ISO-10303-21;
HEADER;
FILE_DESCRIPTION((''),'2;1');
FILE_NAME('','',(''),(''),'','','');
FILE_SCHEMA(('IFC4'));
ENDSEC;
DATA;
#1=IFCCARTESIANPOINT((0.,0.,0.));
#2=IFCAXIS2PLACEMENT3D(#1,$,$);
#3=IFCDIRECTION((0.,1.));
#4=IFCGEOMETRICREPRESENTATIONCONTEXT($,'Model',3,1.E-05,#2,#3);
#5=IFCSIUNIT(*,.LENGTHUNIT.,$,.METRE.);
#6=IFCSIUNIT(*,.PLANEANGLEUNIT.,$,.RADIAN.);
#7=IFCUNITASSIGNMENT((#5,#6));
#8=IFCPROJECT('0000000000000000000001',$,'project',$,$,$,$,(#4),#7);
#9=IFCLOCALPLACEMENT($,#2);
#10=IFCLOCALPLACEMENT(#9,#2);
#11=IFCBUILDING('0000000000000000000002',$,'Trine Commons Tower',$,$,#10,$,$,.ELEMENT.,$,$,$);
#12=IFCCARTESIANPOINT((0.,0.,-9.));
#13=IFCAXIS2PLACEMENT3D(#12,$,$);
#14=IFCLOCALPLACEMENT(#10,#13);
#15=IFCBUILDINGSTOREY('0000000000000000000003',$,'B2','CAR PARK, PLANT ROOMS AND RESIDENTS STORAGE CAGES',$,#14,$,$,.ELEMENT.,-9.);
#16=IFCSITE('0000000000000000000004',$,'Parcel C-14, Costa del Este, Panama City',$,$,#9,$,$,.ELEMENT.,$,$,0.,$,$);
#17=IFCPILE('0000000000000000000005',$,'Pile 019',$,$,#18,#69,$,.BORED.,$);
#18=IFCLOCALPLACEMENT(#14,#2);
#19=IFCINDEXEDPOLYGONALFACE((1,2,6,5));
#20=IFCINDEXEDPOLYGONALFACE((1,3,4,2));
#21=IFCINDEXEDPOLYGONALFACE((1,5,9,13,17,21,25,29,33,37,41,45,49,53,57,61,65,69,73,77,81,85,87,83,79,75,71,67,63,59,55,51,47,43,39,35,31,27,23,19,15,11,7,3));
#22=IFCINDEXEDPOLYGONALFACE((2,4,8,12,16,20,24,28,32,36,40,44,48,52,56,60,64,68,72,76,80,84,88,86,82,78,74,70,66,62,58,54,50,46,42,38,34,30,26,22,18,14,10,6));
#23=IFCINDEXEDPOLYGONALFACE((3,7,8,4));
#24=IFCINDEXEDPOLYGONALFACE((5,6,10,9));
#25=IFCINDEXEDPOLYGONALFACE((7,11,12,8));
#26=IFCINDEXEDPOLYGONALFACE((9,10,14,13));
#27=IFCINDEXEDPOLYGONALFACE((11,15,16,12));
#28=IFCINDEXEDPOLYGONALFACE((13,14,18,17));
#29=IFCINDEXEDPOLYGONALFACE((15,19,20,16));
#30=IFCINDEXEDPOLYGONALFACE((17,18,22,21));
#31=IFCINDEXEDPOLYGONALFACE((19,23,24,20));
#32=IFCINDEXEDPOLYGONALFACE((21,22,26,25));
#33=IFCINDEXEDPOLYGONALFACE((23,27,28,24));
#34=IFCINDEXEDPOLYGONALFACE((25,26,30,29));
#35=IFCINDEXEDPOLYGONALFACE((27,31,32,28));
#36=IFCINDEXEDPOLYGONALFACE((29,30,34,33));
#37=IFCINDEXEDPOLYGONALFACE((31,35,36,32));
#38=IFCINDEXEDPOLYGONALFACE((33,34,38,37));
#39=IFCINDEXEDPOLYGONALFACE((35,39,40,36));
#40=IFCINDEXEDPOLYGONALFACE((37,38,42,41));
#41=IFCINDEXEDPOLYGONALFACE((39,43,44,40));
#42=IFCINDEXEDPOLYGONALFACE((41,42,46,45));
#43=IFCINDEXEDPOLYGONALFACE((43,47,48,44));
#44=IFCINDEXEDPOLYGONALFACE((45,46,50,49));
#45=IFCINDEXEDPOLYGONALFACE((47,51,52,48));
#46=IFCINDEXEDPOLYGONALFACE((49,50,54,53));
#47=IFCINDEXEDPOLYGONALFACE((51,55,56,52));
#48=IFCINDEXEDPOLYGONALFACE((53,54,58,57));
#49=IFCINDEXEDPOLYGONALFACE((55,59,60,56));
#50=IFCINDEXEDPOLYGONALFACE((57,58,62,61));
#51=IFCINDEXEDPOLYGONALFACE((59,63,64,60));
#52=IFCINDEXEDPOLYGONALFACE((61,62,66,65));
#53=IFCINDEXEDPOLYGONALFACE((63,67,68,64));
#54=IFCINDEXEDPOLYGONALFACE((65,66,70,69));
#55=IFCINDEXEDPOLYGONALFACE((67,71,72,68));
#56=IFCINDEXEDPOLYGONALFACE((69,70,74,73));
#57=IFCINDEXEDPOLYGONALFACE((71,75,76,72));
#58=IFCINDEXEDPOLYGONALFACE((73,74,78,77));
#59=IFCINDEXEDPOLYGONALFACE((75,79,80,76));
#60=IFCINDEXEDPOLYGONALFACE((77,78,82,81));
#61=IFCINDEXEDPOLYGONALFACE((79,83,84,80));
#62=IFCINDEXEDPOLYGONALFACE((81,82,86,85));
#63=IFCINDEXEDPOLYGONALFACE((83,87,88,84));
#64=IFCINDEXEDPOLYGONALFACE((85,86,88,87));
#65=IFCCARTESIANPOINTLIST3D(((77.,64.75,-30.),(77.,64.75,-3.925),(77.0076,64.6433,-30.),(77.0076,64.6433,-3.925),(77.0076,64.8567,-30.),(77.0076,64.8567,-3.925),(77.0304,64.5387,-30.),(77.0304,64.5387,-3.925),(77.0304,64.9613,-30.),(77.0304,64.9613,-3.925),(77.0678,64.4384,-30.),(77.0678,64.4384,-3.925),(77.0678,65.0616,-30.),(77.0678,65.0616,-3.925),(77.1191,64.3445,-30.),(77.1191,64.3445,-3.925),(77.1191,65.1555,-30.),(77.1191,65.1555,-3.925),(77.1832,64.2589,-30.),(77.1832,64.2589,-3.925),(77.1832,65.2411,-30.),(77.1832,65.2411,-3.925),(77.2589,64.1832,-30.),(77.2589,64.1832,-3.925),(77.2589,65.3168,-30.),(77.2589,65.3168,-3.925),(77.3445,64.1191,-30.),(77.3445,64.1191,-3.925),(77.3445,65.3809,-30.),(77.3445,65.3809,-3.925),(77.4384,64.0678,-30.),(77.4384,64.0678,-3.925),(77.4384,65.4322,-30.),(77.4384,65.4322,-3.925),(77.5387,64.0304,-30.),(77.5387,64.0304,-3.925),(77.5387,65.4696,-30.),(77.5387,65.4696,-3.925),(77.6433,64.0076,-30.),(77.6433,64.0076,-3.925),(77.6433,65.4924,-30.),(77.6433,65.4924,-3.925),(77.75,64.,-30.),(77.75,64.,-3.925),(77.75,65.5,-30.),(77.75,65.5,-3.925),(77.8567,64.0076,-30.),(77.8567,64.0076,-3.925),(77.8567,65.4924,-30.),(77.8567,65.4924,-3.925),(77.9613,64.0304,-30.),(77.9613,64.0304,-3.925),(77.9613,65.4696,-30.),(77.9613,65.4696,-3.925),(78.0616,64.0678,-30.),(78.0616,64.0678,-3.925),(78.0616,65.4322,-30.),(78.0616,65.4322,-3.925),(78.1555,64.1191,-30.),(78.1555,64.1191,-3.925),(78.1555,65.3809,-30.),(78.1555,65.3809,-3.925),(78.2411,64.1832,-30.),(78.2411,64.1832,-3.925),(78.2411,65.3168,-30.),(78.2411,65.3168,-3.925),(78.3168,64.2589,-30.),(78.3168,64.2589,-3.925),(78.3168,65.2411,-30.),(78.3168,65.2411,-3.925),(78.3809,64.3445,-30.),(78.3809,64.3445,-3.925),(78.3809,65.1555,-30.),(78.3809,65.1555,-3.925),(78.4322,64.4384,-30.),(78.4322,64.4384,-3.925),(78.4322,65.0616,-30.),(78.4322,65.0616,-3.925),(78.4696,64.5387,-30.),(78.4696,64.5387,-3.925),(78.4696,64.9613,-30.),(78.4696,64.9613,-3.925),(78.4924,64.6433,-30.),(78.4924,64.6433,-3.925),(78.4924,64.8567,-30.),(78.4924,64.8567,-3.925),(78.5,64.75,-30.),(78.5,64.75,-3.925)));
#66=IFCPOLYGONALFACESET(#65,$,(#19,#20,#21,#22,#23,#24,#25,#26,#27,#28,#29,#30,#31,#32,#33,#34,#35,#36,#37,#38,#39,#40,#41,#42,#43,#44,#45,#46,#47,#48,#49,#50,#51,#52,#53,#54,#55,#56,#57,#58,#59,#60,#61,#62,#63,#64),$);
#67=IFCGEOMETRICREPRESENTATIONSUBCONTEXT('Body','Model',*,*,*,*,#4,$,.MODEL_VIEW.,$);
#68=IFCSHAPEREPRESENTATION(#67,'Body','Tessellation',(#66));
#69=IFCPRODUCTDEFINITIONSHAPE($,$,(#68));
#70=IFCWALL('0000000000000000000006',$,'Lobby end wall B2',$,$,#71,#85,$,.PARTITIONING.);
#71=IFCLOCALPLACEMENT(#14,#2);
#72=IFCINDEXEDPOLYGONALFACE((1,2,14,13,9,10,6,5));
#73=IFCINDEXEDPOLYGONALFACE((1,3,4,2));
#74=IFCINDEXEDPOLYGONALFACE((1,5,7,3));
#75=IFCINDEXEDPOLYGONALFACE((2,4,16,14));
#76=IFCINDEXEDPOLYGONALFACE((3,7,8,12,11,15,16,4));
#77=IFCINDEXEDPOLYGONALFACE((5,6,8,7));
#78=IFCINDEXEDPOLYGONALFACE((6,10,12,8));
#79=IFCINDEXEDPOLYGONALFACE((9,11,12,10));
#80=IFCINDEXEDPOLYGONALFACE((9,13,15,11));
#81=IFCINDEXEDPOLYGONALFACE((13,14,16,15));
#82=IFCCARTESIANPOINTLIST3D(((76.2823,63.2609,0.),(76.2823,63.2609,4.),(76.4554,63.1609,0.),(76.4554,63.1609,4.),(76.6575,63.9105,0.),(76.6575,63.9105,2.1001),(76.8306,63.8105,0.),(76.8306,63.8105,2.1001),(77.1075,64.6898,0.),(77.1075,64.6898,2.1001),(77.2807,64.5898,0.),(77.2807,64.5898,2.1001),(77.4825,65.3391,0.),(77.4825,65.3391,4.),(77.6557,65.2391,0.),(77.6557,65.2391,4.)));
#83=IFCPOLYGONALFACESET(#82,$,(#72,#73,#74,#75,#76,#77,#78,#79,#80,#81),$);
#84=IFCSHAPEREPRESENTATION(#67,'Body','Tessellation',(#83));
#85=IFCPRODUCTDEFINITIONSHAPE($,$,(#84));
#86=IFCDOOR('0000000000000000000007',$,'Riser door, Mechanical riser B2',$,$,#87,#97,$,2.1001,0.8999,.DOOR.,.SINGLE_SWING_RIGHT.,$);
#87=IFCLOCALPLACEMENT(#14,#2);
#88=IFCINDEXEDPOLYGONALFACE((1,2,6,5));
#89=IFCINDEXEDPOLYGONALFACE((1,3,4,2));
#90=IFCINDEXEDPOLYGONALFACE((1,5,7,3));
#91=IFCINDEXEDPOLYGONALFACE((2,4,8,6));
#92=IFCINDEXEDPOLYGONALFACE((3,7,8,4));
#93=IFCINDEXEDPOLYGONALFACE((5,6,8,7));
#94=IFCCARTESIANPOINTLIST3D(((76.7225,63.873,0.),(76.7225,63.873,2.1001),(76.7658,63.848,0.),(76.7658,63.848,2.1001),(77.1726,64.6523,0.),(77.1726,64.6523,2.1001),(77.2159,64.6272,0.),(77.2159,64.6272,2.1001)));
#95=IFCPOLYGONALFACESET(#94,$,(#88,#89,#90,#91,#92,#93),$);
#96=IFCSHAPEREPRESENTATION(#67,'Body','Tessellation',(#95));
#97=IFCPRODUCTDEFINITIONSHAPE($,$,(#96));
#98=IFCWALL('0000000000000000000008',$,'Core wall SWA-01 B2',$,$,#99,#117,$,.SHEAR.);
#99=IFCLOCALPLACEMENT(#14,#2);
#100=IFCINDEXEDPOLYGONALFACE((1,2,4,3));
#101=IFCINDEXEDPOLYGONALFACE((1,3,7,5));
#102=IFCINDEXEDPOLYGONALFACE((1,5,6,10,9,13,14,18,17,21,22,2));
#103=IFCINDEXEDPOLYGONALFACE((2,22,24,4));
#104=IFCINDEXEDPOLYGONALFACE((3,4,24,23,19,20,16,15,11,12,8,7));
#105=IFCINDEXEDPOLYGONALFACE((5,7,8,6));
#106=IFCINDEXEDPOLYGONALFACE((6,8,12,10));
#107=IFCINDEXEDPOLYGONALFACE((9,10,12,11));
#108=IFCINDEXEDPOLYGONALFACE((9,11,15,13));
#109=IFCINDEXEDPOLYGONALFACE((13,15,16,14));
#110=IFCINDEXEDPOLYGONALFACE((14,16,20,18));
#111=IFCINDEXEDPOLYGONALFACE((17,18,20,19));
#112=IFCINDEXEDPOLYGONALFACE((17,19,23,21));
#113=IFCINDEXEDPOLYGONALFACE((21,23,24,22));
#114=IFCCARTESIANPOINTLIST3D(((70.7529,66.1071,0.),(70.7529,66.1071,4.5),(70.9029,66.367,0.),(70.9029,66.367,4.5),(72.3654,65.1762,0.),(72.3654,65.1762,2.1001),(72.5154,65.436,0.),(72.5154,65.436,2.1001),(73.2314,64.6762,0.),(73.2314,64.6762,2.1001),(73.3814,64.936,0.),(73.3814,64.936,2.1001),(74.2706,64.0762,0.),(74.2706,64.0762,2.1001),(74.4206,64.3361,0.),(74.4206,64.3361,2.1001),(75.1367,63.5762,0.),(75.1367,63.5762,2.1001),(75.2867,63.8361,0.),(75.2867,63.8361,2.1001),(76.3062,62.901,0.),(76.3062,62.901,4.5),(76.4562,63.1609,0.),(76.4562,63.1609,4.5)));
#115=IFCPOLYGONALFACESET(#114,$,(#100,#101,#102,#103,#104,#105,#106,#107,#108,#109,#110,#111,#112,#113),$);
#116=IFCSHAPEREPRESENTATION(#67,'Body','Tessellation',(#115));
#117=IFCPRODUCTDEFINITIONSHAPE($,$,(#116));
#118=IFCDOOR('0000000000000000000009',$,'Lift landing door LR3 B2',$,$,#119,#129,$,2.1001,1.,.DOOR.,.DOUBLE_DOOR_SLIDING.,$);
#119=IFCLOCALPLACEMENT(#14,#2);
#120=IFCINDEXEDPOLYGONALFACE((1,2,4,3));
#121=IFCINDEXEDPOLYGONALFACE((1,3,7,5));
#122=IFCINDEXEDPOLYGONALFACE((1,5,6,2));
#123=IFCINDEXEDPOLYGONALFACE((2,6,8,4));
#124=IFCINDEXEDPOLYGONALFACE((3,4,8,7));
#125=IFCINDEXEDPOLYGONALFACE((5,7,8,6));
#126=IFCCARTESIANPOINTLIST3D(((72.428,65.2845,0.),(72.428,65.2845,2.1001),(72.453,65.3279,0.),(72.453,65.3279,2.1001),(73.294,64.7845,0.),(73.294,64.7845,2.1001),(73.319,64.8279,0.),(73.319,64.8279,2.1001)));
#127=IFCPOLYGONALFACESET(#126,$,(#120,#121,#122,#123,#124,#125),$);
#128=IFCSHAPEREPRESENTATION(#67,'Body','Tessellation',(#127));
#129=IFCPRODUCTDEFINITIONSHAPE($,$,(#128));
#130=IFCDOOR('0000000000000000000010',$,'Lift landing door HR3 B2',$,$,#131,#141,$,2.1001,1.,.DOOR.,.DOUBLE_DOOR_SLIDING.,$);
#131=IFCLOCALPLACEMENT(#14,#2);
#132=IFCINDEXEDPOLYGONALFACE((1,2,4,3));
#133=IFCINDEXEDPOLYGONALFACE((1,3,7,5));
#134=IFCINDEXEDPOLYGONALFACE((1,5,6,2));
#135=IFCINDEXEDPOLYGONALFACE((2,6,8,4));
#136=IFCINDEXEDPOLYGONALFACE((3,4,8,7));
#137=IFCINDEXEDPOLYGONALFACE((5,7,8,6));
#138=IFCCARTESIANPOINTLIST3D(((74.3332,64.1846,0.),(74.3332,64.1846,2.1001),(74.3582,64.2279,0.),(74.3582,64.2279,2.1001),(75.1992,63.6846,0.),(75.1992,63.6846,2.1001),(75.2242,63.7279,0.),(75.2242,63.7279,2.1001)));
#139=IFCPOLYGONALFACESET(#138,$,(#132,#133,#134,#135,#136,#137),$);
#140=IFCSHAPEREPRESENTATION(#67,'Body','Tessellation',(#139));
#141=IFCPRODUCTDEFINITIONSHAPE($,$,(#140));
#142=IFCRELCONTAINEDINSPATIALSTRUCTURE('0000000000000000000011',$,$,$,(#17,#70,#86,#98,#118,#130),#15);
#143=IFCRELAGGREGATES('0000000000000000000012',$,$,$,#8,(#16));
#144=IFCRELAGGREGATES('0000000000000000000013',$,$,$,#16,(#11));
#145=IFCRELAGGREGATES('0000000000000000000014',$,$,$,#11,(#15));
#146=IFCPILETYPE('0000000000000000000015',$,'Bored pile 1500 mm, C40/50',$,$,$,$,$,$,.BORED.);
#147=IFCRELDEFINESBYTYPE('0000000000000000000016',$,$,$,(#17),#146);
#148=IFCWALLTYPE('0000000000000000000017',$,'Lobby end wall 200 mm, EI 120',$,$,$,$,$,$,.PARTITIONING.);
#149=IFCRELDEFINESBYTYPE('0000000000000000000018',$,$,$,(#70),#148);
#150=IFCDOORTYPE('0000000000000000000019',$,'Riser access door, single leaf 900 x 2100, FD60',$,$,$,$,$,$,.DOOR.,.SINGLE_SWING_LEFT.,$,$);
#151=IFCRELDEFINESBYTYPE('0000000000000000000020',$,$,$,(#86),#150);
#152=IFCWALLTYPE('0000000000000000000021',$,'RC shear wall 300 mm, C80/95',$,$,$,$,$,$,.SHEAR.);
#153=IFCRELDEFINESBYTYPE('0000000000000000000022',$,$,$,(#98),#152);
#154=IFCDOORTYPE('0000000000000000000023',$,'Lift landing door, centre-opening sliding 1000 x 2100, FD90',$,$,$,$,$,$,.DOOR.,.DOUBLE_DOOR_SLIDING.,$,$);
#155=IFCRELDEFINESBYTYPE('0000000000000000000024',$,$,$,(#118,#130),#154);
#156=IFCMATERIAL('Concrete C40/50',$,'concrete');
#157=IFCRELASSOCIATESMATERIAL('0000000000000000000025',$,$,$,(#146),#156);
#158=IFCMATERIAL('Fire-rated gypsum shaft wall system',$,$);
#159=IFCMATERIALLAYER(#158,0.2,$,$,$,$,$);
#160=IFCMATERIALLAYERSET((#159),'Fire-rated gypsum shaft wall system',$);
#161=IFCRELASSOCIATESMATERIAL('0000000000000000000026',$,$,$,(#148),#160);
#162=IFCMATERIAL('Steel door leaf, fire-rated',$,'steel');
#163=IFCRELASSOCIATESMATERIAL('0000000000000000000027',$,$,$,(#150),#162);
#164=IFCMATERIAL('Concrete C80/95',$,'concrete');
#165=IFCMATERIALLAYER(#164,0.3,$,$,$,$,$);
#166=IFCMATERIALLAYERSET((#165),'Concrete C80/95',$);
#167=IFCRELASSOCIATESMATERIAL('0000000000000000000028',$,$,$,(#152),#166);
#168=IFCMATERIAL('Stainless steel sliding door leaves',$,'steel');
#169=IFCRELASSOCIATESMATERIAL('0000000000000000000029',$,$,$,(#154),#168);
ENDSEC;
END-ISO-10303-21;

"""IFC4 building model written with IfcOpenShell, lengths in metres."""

from ifc_helpers import new_model, si_unit, direction, frame, frame_2d, origin, origin_2d, place, context, subcontext, project, spatial, rectangle, circle, extrude, material, layer, layer_set, type_object, element, fill, save


model = new_model("IFC4")

# Units and contexts
model_context = context("Model", 3, precision=1e-05, world=origin(), true_north=direction((0.0, 1.0)))
body_context = subcontext(model_context, "Body", "Model", "MODEL_VIEW")
ifc_project = project(units=[si_unit("LENGTHUNIT", "METRE"), si_unit("PLANEANGLEUNIT", "RADIAN")], contexts=[model_context])

# Site, building, storey
site_placement = place(None, origin())
site = spatial("IfcSite", under=ifc_project, at=site_placement, Name="Parcel C-14, Costa del Este, Panama City", CompositionType="ELEMENT", RefElevation=0.0)
building_placement = place(site_placement, origin())
building = spatial("IfcBuilding", under=site, at=building_placement, Name="Trine Commons Tower", CompositionType="ELEMENT")
storey_placement = place(building_placement, frame((0.0, 0.0, -9.0)))
storey = spatial("IfcBuildingStorey", under=building, at=storey_placement, Name="B2", Description="CAR PARK, PLANT ROOMS AND RESIDENTS STORAGE CAGES", CompositionType="ELEMENT", Elevation=-9.0)

# Pile
ifc_material_1 = material(Name="Concrete C40/50", Category="concrete")
pile_type = type_object("IfcPileType", Name="Bored pile 1500 mm, C40/50", PredefinedType="BORED", material=ifc_material_1)
pile_placement = place(storey_placement, frame((77.75, 64.75, -3.925), z_axis=(0.0, 0.0, -1.0), x_axis=(1.0, 0.0, 0.0)))
element("IfcPile", 1, at=pile_placement, inside=storey, type_object=pile_type, Name="Pile 019", PredefinedType="BORED", context=body_context, shape_type="SweptSolid", body=[
    extrude(circle(Radius=0.75, at=origin_2d()), origin(), (0.0, 0.0, 1.0), 26.075),
])

# Wall, opening, door
ifc_material_2 = material(Name="Fire-rated gypsum shaft wall system")
ifc_layer_1 = layer(ifc_material_2, 0.2)
ifc_layer_set_1 = layer_set([ifc_layer_1], Name="Fire-rated gypsum shaft wall system")
wall_type_1 = type_object("IfcWallType", Name="Lobby end wall 200 mm, EI 120", PredefinedType="PARTITIONING", material=ifc_layer_set_1)
wall_1_placement = place(storey_placement, frame((77.5691, 65.2891, 0.0), z_axis=(0.0, 0.0, 1.0), x_axis=(-0.500122, -0.865955, 0.0)))
wall_1 = element("IfcWall", 2, at=wall_1_placement, inside=storey, type_object=wall_type_1, Name="Lobby end wall B2", PredefinedType="PARTITIONING", context=body_context, shape_type="SweptSolid", body=[
    extrude(rectangle(XDim=2.3999, YDim=0.2, at=frame_2d((1.2, 0.0))), origin(), (0.0, 0.0, 1.0), 4.0),
])
opening_1_placement = place(wall_1_placement, frame((0.7498, 0.0, 0.0)))
opening_1 = element("IfcOpeningElement", 3, at=opening_1_placement, cuts=wall_1, PredefinedType="OPENING", context=body_context, shape_type="SweptSolid", body=[
    extrude(rectangle(XDim=0.8999, YDim=2.1001, at=frame_2d((0.45, 1.05))), frame((0.0, 0.1099, 0.0), z_axis=(0.0, -1.0, 0.0), x_axis=(1.0, 0.0, 0.0)), (0.0, 0.0, 1.0), 0.22),
])
ifc_material_3 = material(Name="Steel door leaf, fire-rated", Category="steel")
door_type_1 = type_object("IfcDoorType", Name="Riser access door, single leaf 900 x 2100, FD60", OperationType="SINGLE_SWING_LEFT", PredefinedType="DOOR", material=ifc_material_3)
door_1_placement = place(opening_1_placement, frame((0.8999, 0.0, 0.0), z_axis=(0.0, 0.0, 1.0), x_axis=(-1.0, 0.0, 0.0)))
door_1 = element("IfcDoor", 4, at=door_1_placement, inside=storey, type_object=door_type_1, Name="Riser door, Mechanical riser B2", OperationType="SINGLE_SWING_RIGHT", OverallHeight=2.1001, OverallWidth=0.8999, PredefinedType="DOOR", context=body_context, shape_type="SweptSolid", body=[
    extrude(rectangle(XDim=0.8999, YDim=2.1001, at=frame_2d((0.45, 1.05))), frame((0.0, 0.0249, 0.0), z_axis=(0.0, -1.0, 0.0), x_axis=(1.0, 0.0, 0.0)), (0.0, 0.0, 1.0), 0.05),
])
fill(opening_1, door_1)

# Wall, openings, doors
ifc_material_4 = material(Name="Concrete C80/95", Category="concrete")
ifc_layer_2 = layer(ifc_material_4, 0.3)
ifc_layer_set_2 = layer_set([ifc_layer_2], Name="Concrete C80/95")
wall_type_2 = type_object("IfcWallType", Name="RC shear wall 300 mm, C80/95", PredefinedType="SHEAR", material=ifc_layer_set_2)
wall_2_placement = place(storey_placement, frame((76.3811, 63.031, 0.0), z_axis=(0.0, 0.0, 1.0), x_axis=(-0.866032, 0.499988, 0.0)))
wall_2 = element("IfcWall", 5, at=wall_2_placement, inside=storey, type_object=wall_type_2, Name="Core wall SWA-01 B2", PredefinedType="SHEAR", context=body_context, shape_type="SweptSolid", body=[
    extrude(rectangle(XDim=6.4124, YDim=0.3, at=frame_2d((3.2061, 0.0))), origin(), (0.0, 0.0, 1.0), 4.5),
])
opening_2_placement = place(wall_2_placement, frame((3.5503, 0.0, 0.0)))
opening_2 = element("IfcOpeningElement", 6, at=opening_2_placement, cuts=wall_2, PredefinedType="OPENING", context=body_context, shape_type="SweptSolid", body=[
    extrude(rectangle(XDim=1.0, YDim=2.1001, at=frame_2d((0.5, 1.05))), frame((0.0, 0.1599, 0.0), z_axis=(0.0, -1.0, 0.0), x_axis=(1.0, 0.0, 0.0)), (0.0, 0.0, 1.0), 0.3201),
])
opening_3_placement = place(wall_2_placement, frame((1.3503, 0.0, 0.0)))
opening_3 = element("IfcOpeningElement", 7, at=opening_3_placement, cuts=wall_2, PredefinedType="OPENING", context=body_context, shape_type="SweptSolid", body=[
    extrude(rectangle(XDim=1.0, YDim=2.1001, at=frame_2d((0.5, 1.05))), frame((0.0, 0.1599, 0.0), z_axis=(0.0, -1.0, 0.0), x_axis=(1.0, 0.0, 0.0)), (0.0, 0.0, 1.0), 0.3201),
])
ifc_material_5 = material(Name="Stainless steel sliding door leaves", Category="steel")
door_type_2 = type_object("IfcDoorType", Name="Lift landing door, centre-opening sliding 1000 x 2100, FD90", OperationType="DOUBLE_DOOR_SLIDING", PredefinedType="DOOR", material=ifc_material_5)
door_2_placement = place(opening_2_placement, origin())
door_2 = element("IfcDoor", 8, at=door_2_placement, inside=storey, type_object=door_type_2, Name="Lift landing door LR3 B2", OperationType="DOUBLE_DOOR_SLIDING", OverallHeight=2.1001, OverallWidth=1.0, PredefinedType="DOOR", context=body_context, shape_type="SweptSolid", body=[
    extrude(rectangle(XDim=1.0, YDim=2.1001, at=frame_2d((0.5, 1.05))), frame((0.0, 0.0249, 0.0), z_axis=(0.0, -1.0, 0.0), x_axis=(1.0, 0.0, 0.0)), (0.0, 0.0, 1.0), 0.05),
])
fill(opening_2, door_2)
door_3_placement = place(opening_3_placement, origin())
door_3 = element("IfcDoor", 9, at=door_3_placement, inside=storey, type_object=door_type_2, Name="Lift landing door HR3 B2", OperationType="DOUBLE_DOOR_SLIDING", OverallHeight=2.1001, OverallWidth=1.0, PredefinedType="DOOR", context=body_context, shape_type="SweptSolid", body=[
    extrude(rectangle(XDim=1.0, YDim=2.1001, at=frame_2d((0.5, 1.05))), frame((0.0, 0.0249, 0.0), z_axis=(0.0, -1.0, 0.0), x_axis=(1.0, 0.0, 0.0)), (0.0, 0.0, 1.0), 0.05),
])
fill(opening_3, door_3)

save(model, "model.ifc")
